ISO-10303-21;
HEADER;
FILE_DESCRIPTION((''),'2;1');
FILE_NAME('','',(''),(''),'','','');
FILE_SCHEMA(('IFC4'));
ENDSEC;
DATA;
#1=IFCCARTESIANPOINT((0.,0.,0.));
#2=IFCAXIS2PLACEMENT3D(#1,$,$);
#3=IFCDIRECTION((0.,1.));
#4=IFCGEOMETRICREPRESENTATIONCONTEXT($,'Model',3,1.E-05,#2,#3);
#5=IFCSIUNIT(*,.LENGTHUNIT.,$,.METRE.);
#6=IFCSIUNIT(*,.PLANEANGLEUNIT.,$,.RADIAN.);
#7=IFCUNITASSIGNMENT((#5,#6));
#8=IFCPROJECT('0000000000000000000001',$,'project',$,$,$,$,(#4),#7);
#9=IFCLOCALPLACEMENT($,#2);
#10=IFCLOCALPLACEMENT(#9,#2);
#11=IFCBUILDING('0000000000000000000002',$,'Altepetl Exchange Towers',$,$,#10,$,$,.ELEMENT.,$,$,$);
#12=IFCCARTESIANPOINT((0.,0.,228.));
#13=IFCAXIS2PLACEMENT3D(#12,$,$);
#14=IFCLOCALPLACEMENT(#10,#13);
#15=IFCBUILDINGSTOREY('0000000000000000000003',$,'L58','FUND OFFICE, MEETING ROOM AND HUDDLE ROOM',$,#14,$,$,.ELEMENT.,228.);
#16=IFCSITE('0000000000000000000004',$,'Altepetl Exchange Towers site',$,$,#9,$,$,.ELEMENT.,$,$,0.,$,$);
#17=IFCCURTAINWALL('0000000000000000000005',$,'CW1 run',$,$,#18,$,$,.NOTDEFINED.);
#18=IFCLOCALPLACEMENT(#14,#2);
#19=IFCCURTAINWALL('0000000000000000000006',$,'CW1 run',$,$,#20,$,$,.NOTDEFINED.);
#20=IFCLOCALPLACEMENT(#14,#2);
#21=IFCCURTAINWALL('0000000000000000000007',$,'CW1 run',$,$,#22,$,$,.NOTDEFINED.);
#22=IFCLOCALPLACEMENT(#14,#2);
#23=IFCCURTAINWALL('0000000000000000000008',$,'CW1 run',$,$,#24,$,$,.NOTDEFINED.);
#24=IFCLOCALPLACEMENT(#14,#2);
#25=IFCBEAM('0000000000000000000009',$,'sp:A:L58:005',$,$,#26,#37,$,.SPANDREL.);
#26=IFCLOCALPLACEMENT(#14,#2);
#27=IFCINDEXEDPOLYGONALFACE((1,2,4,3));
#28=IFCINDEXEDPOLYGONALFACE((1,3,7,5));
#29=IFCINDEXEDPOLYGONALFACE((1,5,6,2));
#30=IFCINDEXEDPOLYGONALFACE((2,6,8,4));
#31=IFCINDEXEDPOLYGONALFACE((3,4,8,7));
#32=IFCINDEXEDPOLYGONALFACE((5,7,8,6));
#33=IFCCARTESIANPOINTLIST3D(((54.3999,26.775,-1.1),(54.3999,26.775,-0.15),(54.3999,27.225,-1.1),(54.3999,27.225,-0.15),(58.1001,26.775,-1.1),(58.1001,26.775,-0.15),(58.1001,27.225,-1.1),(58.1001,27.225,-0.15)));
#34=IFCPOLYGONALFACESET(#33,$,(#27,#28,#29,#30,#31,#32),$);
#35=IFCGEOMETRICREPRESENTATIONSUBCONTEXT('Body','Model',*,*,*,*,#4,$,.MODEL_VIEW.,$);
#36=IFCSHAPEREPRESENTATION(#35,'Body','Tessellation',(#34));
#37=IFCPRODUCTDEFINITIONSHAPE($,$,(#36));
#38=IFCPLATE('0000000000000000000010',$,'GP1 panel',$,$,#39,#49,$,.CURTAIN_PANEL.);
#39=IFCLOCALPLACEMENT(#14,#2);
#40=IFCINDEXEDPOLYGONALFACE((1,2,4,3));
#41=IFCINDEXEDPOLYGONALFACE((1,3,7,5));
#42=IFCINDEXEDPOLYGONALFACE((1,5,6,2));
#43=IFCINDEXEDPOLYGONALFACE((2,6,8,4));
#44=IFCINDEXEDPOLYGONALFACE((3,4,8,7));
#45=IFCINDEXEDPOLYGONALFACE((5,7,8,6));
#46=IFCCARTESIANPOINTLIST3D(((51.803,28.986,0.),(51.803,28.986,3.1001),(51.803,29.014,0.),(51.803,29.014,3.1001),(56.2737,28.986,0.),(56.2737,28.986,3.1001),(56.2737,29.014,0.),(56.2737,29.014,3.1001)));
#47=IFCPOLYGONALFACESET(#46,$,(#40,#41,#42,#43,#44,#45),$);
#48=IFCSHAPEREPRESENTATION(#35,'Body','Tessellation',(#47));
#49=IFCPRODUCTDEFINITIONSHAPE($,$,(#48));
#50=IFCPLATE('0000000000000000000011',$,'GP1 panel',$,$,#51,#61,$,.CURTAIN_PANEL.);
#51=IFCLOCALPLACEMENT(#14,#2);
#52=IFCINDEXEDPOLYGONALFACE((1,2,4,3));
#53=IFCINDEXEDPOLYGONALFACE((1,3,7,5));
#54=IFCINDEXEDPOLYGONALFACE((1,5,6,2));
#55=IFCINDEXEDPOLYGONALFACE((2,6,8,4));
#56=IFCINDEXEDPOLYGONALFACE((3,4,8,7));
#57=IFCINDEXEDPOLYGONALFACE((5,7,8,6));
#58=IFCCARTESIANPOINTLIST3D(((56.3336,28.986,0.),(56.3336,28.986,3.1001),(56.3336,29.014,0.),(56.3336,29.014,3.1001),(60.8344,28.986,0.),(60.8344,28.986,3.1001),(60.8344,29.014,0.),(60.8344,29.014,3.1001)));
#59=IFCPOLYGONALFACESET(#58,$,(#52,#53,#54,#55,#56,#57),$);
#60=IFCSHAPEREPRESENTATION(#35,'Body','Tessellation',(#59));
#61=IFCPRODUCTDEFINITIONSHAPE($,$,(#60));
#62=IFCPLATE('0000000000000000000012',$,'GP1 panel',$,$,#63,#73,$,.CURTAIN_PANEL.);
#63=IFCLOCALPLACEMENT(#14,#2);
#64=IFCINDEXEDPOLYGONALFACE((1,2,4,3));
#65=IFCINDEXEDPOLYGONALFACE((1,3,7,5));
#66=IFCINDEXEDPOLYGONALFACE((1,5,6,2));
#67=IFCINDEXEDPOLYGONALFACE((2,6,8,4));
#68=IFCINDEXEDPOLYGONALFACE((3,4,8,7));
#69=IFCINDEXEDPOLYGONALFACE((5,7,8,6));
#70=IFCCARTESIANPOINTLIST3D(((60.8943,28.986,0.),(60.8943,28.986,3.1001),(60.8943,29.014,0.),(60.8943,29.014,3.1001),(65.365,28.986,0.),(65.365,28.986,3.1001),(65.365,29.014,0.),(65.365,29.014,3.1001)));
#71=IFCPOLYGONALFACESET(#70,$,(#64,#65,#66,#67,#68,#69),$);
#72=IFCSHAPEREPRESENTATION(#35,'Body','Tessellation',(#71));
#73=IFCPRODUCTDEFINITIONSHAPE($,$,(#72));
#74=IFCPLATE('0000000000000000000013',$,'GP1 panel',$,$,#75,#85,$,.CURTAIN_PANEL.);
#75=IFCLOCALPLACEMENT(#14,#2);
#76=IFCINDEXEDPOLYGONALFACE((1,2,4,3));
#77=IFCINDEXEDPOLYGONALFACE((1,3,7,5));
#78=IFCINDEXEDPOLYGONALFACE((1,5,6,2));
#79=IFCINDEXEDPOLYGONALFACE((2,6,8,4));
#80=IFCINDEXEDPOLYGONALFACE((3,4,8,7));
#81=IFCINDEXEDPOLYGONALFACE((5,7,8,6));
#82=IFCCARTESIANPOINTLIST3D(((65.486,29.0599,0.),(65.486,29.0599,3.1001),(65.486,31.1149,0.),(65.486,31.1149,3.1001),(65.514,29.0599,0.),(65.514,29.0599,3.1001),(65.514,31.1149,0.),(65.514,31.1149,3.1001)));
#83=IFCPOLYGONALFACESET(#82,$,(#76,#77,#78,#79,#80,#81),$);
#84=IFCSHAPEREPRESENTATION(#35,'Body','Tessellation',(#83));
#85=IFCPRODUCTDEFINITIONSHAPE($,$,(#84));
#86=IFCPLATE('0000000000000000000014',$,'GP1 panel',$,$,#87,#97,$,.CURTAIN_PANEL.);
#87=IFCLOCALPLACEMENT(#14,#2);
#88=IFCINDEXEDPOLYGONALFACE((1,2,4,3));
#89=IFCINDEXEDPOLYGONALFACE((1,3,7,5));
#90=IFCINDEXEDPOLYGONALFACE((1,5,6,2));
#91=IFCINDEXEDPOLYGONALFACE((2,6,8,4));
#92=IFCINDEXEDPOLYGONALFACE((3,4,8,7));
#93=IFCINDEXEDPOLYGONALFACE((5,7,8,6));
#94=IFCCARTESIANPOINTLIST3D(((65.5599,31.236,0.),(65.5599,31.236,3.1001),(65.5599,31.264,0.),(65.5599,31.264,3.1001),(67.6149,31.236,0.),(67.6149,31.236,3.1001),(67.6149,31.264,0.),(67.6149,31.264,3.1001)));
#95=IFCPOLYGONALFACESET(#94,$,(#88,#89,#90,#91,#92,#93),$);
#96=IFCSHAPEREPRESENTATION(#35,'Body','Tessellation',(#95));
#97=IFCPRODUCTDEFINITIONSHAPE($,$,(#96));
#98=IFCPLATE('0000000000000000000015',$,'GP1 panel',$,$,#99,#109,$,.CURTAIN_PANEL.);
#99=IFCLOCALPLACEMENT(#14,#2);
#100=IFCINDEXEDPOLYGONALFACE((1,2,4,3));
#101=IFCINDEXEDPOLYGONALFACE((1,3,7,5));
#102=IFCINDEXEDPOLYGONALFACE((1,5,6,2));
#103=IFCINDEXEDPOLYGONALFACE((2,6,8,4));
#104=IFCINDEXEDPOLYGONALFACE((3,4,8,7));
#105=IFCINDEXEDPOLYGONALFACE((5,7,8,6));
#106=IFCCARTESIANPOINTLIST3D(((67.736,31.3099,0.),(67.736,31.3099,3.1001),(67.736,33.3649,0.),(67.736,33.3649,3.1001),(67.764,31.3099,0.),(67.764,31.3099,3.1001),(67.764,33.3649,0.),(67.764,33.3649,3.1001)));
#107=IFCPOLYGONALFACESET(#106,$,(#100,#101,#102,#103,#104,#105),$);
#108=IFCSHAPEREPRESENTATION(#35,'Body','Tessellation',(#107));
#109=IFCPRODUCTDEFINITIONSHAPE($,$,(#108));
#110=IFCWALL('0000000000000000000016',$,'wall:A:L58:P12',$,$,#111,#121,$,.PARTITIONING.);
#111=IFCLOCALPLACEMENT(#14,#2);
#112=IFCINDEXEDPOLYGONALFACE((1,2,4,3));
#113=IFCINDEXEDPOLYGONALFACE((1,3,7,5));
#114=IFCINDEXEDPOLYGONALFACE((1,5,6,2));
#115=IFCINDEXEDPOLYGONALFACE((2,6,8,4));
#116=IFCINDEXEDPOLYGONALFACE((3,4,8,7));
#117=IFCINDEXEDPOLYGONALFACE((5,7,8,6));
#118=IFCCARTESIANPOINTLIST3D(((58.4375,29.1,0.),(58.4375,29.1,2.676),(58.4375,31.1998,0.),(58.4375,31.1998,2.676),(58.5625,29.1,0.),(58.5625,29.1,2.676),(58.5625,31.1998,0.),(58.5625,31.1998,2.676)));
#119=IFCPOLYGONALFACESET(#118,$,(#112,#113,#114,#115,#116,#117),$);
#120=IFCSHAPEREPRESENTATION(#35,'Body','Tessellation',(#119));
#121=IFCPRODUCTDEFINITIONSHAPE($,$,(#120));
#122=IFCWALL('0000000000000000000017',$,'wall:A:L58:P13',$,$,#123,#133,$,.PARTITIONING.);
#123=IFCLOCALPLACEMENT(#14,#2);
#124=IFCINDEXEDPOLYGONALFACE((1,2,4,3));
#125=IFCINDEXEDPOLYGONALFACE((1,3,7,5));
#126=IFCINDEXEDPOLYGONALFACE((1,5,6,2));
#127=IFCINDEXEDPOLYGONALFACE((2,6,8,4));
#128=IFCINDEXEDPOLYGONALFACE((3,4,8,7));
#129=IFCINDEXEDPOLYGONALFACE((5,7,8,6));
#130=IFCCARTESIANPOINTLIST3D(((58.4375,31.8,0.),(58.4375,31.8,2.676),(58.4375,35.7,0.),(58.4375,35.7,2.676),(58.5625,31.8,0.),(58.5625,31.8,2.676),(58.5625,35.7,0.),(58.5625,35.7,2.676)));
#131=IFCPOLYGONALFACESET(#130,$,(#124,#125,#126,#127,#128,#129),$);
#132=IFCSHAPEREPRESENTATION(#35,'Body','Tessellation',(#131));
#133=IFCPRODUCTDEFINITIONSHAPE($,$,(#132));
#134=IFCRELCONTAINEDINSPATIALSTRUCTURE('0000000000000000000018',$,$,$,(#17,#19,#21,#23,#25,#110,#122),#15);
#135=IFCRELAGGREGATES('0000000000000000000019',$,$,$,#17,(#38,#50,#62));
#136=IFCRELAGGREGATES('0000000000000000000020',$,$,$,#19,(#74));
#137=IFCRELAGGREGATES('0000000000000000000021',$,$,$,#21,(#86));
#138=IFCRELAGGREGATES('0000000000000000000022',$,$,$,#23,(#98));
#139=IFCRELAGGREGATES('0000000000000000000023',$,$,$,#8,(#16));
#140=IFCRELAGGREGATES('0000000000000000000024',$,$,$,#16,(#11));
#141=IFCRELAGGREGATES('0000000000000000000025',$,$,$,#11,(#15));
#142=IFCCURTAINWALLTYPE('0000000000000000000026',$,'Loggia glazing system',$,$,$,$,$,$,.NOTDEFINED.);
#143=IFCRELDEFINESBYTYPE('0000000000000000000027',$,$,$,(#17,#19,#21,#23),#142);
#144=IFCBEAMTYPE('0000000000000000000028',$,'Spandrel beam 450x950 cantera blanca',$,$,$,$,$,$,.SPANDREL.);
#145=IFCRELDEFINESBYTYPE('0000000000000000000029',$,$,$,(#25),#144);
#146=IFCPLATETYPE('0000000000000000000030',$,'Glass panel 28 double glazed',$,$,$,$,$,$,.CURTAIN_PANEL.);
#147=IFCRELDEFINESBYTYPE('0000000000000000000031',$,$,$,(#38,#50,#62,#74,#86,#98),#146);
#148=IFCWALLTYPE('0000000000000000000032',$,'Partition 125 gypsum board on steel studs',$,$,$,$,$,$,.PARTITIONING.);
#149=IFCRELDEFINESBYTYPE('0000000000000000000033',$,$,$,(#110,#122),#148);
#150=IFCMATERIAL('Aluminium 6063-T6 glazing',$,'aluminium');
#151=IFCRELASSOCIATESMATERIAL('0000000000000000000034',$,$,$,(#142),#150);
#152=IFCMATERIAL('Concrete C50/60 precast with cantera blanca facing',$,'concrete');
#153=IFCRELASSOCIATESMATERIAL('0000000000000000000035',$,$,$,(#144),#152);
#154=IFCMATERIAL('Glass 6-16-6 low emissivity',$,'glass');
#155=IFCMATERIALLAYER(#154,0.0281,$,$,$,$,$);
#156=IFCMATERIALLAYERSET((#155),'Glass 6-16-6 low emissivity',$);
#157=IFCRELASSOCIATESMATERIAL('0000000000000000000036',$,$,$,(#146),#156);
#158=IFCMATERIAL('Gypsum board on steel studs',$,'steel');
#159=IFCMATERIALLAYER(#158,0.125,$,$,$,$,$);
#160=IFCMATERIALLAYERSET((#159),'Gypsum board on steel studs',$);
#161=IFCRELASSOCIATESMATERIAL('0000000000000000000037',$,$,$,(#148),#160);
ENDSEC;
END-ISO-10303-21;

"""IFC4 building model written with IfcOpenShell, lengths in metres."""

from ifc_helpers import new_model, si_unit, direction, frame, frame_2d, origin, origin_2d, place, context, subcontext, project, spatial, rectangle, extrude, material, layer, layer_set, material_profile, profile_set, type_object, element, aggregate, save


model = new_model("IFC4")

# Units and contexts
model_context = context("Model", 3, precision=1e-05, world=origin(), true_north=direction((0.0, 1.0)))
body_context = subcontext(model_context, "Body", "Model", "MODEL_VIEW")
ifc_project = project(units=[si_unit("LENGTHUNIT", "METRE"), si_unit("PLANEANGLEUNIT", "RADIAN")], contexts=[model_context])

# Site, building, storey
site_placement = place(None, origin())
site = spatial("IfcSite", under=ifc_project, at=site_placement, Name="Altepetl Exchange Towers site", CompositionType="ELEMENT", RefElevation=0.0)
building_placement = place(site_placement, origin())
building = spatial("IfcBuilding", under=site, at=building_placement, Name="Altepetl Exchange Towers", CompositionType="ELEMENT")
storey_placement = place(building_placement, frame((0.0, 0.0, 228.0)))
storey = spatial("IfcBuildingStorey", under=building, at=storey_placement, Name="L58", Description="FUND OFFICE, MEETING ROOM AND HUDDLE ROOM", CompositionType="ELEMENT", Elevation=228.0)

# Curtain walls
ifc_material_1 = material(Name="Aluminium 6063-T6 glazing", Category="aluminium")
curtain_wall_type = type_object("IfcCurtainWallType", Name="Loggia glazing system", PredefinedType="NOTDEFINED", material=ifc_material_1)
curtain_wall_1_placement = place(storey_placement, origin())
curtain_wall_1 = element("IfcCurtainWall", 1, at=curtain_wall_1_placement, inside=storey, type_object=curtain_wall_type, Name="CW1 run", PredefinedType="NOTDEFINED")
curtain_wall_2_placement = place(storey_placement, origin())
curtain_wall_2 = element("IfcCurtainWall", 2, at=curtain_wall_2_placement, inside=storey, type_object=curtain_wall_type, Name="CW1 run", PredefinedType="NOTDEFINED")
curtain_wall_3_placement = place(storey_placement, origin())
curtain_wall_3 = element("IfcCurtainWall", 3, at=curtain_wall_3_placement, inside=storey, type_object=curtain_wall_type, Name="CW1 run", PredefinedType="NOTDEFINED")

# Curtain wall
curtain_wall_4_placement = place(storey_placement, origin())
curtain_wall_4 = element("IfcCurtainWall", 4, at=curtain_wall_4_placement, inside=storey, type_object=curtain_wall_type, Name="CW1 run", PredefinedType="NOTDEFINED")

# Beam
ifc_material_2 = material(Name="Concrete C50/60 precast with cantera blanca facing", Category="concrete")
ifc_material_profile_1 = material_profile(ifc_material_2, rectangle(XDim=0.45, YDim=0.95, at=origin_2d()), Name="450 x 950")
ifc_profile_set_1 = profile_set([ifc_material_profile_1], Name="Concrete C50/60 precast with cantera blanca facing")
beam_type_1 = type_object("IfcBeamType", Name="Spandrel beam 450x950 cantera blanca", PredefinedType="SPANDREL", material=ifc_profile_set_1)
beam_1_placement = place(storey_placement, frame((54.3999, 27.0, -0.625), z_axis=(1.0, 0.0, 0.0), x_axis=(0.0, 1.0, 0.0)))
element("IfcBeam", 5, at=beam_1_placement, inside=storey, type_object=beam_type_1, Name="sp:A:L58:005", PredefinedType="SPANDREL", context=body_context, shape_type="SweptSolid", body=[
    extrude(rectangle(XDim=0.45, YDim=0.95, at=origin_2d()), origin(), (0.0, 0.0, 1.0), 3.7002),
])

# Plates
ifc_material_3 = material(Name="Glass 6-16-6 low emissivity", Category="glass")
ifc_layer_1 = layer(ifc_material_3, 0.0281)
ifc_layer_set_1 = layer_set([ifc_layer_1], Name="Glass 6-16-6 low emissivity")
plate_type = type_object("IfcPlateType", Name="Glass panel 28 double glazed", PredefinedType="CURTAIN_PANEL", material=ifc_layer_set_1)
plate_1_placement = place(storey_placement, frame((54.0383, 29.0, 0.0)))
plate_1 = element("IfcPlate", 6, at=plate_1_placement, type_object=plate_type, Name="GP1 panel", PredefinedType="CURTAIN_PANEL", context=body_context, shape_type="SweptSolid", body=[
    extrude(rectangle(XDim=4.4707, YDim=0.0281, at=origin_2d()), origin(), (0.0, 0.0, 1.0), 3.1001),
])
plate_2_placement = place(storey_placement, frame((58.584, 29.0, 0.0)))
plate_2 = element("IfcPlate", 7, at=plate_2_placement, type_object=plate_type, Name="GP1 panel", PredefinedType="CURTAIN_PANEL", context=body_context, shape_type="SweptSolid", body=[
    extrude(rectangle(XDim=4.5007, YDim=0.0281, at=origin_2d()), origin(), (0.0, 0.0, 1.0), 3.1001),
])
plate_3_placement = place(storey_placement, frame((63.1296, 29.0, 0.0)))
plate_3 = element("IfcPlate", 8, at=plate_3_placement, type_object=plate_type, Name="GP1 panel", PredefinedType="CURTAIN_PANEL", context=body_context, shape_type="SweptSolid", body=[
    extrude(rectangle(XDim=4.4707, YDim=0.0281, at=origin_2d()), origin(), (0.0, 0.0, 1.0), 3.1001),
])
aggregate(curtain_wall_1, [plate_1, plate_2, plate_3])
plate_4_placement = place(storey_placement, frame((65.5, 30.0874, 0.0), z_axis=(0.0, 0.0, 1.0), x_axis=(0.0, 1.0, 0.0)))
plate_4 = element("IfcPlate", 9, at=plate_4_placement, type_object=plate_type, Name="GP1 panel", PredefinedType="CURTAIN_PANEL", context=body_context, shape_type="SweptSolid", body=[
    extrude(rectangle(XDim=2.0549, YDim=0.0281, at=origin_2d()), origin(), (0.0, 0.0, 1.0), 3.1001),
])
aggregate(curtain_wall_2, [plate_4])
plate_5_placement = place(storey_placement, frame((66.5874, 31.25, 0.0)))
plate_5 = element("IfcPlate", 10, at=plate_5_placement, type_object=plate_type, Name="GP1 panel", PredefinedType="CURTAIN_PANEL", context=body_context, shape_type="SweptSolid", body=[
    extrude(rectangle(XDim=2.0549, YDim=0.0281, at=origin_2d()), origin(), (0.0, 0.0, 1.0), 3.1001),
])
aggregate(curtain_wall_3, [plate_5])
plate_6_placement = place(storey_placement, frame((67.75, 32.3374, 0.0), z_axis=(0.0, 0.0, 1.0), x_axis=(0.0, 1.0, 0.0)))
plate_6 = element("IfcPlate", 11, at=plate_6_placement, type_object=plate_type, Name="GP1 panel", PredefinedType="CURTAIN_PANEL", context=body_context, shape_type="SweptSolid", body=[
    extrude(rectangle(XDim=2.0549, YDim=0.0281, at=origin_2d()), origin(), (0.0, 0.0, 1.0), 3.1001),
])
aggregate(curtain_wall_4, [plate_6])

# Walls
ifc_material_4 = material(Name="Gypsum board on steel studs", Category="steel")
ifc_layer_2 = layer(ifc_material_4, 0.125)
ifc_layer_set_2 = layer_set([ifc_layer_2], Name="Gypsum board on steel studs")
wall_type = type_object("IfcWallType", Name="Partition 125 gypsum board on steel studs", PredefinedType="PARTITIONING", material=ifc_layer_set_2)
wall_1_placement = place(storey_placement, frame((58.5, 29.1001, 0.0), z_axis=(0.0, 0.0, 1.0), x_axis=(0.0, 1.0, 0.0)))
element("IfcWall", 12, at=wall_1_placement, inside=storey, type_object=wall_type, Name="wall:A:L58:P12", PredefinedType="PARTITIONING", context=body_context, shape_type="SweptSolid", body=[
    extrude(rectangle(XDim=2.0999, YDim=0.125, at=frame_2d((1.0498, 0.0))), origin(), (0.0, 0.0, 1.0), 2.676),
])
wall_2_placement = place(storey_placement, frame((58.5, 31.8, 0.0), z_axis=(0.0, 0.0, 1.0), x_axis=(0.0, 1.0, 0.0)))
element("IfcWall", 13, at=wall_2_placement, inside=storey, type_object=wall_type, Name="wall:A:L58:P13", PredefinedType="PARTITIONING", context=body_context, shape_type="SweptSolid", body=[
    extrude(rectangle(XDim=3.8999, YDim=0.125, at=frame_2d((1.95, 0.0))), origin(), (0.0, 0.0, 1.0), 2.676),
])

save(model, "model.ifc")
